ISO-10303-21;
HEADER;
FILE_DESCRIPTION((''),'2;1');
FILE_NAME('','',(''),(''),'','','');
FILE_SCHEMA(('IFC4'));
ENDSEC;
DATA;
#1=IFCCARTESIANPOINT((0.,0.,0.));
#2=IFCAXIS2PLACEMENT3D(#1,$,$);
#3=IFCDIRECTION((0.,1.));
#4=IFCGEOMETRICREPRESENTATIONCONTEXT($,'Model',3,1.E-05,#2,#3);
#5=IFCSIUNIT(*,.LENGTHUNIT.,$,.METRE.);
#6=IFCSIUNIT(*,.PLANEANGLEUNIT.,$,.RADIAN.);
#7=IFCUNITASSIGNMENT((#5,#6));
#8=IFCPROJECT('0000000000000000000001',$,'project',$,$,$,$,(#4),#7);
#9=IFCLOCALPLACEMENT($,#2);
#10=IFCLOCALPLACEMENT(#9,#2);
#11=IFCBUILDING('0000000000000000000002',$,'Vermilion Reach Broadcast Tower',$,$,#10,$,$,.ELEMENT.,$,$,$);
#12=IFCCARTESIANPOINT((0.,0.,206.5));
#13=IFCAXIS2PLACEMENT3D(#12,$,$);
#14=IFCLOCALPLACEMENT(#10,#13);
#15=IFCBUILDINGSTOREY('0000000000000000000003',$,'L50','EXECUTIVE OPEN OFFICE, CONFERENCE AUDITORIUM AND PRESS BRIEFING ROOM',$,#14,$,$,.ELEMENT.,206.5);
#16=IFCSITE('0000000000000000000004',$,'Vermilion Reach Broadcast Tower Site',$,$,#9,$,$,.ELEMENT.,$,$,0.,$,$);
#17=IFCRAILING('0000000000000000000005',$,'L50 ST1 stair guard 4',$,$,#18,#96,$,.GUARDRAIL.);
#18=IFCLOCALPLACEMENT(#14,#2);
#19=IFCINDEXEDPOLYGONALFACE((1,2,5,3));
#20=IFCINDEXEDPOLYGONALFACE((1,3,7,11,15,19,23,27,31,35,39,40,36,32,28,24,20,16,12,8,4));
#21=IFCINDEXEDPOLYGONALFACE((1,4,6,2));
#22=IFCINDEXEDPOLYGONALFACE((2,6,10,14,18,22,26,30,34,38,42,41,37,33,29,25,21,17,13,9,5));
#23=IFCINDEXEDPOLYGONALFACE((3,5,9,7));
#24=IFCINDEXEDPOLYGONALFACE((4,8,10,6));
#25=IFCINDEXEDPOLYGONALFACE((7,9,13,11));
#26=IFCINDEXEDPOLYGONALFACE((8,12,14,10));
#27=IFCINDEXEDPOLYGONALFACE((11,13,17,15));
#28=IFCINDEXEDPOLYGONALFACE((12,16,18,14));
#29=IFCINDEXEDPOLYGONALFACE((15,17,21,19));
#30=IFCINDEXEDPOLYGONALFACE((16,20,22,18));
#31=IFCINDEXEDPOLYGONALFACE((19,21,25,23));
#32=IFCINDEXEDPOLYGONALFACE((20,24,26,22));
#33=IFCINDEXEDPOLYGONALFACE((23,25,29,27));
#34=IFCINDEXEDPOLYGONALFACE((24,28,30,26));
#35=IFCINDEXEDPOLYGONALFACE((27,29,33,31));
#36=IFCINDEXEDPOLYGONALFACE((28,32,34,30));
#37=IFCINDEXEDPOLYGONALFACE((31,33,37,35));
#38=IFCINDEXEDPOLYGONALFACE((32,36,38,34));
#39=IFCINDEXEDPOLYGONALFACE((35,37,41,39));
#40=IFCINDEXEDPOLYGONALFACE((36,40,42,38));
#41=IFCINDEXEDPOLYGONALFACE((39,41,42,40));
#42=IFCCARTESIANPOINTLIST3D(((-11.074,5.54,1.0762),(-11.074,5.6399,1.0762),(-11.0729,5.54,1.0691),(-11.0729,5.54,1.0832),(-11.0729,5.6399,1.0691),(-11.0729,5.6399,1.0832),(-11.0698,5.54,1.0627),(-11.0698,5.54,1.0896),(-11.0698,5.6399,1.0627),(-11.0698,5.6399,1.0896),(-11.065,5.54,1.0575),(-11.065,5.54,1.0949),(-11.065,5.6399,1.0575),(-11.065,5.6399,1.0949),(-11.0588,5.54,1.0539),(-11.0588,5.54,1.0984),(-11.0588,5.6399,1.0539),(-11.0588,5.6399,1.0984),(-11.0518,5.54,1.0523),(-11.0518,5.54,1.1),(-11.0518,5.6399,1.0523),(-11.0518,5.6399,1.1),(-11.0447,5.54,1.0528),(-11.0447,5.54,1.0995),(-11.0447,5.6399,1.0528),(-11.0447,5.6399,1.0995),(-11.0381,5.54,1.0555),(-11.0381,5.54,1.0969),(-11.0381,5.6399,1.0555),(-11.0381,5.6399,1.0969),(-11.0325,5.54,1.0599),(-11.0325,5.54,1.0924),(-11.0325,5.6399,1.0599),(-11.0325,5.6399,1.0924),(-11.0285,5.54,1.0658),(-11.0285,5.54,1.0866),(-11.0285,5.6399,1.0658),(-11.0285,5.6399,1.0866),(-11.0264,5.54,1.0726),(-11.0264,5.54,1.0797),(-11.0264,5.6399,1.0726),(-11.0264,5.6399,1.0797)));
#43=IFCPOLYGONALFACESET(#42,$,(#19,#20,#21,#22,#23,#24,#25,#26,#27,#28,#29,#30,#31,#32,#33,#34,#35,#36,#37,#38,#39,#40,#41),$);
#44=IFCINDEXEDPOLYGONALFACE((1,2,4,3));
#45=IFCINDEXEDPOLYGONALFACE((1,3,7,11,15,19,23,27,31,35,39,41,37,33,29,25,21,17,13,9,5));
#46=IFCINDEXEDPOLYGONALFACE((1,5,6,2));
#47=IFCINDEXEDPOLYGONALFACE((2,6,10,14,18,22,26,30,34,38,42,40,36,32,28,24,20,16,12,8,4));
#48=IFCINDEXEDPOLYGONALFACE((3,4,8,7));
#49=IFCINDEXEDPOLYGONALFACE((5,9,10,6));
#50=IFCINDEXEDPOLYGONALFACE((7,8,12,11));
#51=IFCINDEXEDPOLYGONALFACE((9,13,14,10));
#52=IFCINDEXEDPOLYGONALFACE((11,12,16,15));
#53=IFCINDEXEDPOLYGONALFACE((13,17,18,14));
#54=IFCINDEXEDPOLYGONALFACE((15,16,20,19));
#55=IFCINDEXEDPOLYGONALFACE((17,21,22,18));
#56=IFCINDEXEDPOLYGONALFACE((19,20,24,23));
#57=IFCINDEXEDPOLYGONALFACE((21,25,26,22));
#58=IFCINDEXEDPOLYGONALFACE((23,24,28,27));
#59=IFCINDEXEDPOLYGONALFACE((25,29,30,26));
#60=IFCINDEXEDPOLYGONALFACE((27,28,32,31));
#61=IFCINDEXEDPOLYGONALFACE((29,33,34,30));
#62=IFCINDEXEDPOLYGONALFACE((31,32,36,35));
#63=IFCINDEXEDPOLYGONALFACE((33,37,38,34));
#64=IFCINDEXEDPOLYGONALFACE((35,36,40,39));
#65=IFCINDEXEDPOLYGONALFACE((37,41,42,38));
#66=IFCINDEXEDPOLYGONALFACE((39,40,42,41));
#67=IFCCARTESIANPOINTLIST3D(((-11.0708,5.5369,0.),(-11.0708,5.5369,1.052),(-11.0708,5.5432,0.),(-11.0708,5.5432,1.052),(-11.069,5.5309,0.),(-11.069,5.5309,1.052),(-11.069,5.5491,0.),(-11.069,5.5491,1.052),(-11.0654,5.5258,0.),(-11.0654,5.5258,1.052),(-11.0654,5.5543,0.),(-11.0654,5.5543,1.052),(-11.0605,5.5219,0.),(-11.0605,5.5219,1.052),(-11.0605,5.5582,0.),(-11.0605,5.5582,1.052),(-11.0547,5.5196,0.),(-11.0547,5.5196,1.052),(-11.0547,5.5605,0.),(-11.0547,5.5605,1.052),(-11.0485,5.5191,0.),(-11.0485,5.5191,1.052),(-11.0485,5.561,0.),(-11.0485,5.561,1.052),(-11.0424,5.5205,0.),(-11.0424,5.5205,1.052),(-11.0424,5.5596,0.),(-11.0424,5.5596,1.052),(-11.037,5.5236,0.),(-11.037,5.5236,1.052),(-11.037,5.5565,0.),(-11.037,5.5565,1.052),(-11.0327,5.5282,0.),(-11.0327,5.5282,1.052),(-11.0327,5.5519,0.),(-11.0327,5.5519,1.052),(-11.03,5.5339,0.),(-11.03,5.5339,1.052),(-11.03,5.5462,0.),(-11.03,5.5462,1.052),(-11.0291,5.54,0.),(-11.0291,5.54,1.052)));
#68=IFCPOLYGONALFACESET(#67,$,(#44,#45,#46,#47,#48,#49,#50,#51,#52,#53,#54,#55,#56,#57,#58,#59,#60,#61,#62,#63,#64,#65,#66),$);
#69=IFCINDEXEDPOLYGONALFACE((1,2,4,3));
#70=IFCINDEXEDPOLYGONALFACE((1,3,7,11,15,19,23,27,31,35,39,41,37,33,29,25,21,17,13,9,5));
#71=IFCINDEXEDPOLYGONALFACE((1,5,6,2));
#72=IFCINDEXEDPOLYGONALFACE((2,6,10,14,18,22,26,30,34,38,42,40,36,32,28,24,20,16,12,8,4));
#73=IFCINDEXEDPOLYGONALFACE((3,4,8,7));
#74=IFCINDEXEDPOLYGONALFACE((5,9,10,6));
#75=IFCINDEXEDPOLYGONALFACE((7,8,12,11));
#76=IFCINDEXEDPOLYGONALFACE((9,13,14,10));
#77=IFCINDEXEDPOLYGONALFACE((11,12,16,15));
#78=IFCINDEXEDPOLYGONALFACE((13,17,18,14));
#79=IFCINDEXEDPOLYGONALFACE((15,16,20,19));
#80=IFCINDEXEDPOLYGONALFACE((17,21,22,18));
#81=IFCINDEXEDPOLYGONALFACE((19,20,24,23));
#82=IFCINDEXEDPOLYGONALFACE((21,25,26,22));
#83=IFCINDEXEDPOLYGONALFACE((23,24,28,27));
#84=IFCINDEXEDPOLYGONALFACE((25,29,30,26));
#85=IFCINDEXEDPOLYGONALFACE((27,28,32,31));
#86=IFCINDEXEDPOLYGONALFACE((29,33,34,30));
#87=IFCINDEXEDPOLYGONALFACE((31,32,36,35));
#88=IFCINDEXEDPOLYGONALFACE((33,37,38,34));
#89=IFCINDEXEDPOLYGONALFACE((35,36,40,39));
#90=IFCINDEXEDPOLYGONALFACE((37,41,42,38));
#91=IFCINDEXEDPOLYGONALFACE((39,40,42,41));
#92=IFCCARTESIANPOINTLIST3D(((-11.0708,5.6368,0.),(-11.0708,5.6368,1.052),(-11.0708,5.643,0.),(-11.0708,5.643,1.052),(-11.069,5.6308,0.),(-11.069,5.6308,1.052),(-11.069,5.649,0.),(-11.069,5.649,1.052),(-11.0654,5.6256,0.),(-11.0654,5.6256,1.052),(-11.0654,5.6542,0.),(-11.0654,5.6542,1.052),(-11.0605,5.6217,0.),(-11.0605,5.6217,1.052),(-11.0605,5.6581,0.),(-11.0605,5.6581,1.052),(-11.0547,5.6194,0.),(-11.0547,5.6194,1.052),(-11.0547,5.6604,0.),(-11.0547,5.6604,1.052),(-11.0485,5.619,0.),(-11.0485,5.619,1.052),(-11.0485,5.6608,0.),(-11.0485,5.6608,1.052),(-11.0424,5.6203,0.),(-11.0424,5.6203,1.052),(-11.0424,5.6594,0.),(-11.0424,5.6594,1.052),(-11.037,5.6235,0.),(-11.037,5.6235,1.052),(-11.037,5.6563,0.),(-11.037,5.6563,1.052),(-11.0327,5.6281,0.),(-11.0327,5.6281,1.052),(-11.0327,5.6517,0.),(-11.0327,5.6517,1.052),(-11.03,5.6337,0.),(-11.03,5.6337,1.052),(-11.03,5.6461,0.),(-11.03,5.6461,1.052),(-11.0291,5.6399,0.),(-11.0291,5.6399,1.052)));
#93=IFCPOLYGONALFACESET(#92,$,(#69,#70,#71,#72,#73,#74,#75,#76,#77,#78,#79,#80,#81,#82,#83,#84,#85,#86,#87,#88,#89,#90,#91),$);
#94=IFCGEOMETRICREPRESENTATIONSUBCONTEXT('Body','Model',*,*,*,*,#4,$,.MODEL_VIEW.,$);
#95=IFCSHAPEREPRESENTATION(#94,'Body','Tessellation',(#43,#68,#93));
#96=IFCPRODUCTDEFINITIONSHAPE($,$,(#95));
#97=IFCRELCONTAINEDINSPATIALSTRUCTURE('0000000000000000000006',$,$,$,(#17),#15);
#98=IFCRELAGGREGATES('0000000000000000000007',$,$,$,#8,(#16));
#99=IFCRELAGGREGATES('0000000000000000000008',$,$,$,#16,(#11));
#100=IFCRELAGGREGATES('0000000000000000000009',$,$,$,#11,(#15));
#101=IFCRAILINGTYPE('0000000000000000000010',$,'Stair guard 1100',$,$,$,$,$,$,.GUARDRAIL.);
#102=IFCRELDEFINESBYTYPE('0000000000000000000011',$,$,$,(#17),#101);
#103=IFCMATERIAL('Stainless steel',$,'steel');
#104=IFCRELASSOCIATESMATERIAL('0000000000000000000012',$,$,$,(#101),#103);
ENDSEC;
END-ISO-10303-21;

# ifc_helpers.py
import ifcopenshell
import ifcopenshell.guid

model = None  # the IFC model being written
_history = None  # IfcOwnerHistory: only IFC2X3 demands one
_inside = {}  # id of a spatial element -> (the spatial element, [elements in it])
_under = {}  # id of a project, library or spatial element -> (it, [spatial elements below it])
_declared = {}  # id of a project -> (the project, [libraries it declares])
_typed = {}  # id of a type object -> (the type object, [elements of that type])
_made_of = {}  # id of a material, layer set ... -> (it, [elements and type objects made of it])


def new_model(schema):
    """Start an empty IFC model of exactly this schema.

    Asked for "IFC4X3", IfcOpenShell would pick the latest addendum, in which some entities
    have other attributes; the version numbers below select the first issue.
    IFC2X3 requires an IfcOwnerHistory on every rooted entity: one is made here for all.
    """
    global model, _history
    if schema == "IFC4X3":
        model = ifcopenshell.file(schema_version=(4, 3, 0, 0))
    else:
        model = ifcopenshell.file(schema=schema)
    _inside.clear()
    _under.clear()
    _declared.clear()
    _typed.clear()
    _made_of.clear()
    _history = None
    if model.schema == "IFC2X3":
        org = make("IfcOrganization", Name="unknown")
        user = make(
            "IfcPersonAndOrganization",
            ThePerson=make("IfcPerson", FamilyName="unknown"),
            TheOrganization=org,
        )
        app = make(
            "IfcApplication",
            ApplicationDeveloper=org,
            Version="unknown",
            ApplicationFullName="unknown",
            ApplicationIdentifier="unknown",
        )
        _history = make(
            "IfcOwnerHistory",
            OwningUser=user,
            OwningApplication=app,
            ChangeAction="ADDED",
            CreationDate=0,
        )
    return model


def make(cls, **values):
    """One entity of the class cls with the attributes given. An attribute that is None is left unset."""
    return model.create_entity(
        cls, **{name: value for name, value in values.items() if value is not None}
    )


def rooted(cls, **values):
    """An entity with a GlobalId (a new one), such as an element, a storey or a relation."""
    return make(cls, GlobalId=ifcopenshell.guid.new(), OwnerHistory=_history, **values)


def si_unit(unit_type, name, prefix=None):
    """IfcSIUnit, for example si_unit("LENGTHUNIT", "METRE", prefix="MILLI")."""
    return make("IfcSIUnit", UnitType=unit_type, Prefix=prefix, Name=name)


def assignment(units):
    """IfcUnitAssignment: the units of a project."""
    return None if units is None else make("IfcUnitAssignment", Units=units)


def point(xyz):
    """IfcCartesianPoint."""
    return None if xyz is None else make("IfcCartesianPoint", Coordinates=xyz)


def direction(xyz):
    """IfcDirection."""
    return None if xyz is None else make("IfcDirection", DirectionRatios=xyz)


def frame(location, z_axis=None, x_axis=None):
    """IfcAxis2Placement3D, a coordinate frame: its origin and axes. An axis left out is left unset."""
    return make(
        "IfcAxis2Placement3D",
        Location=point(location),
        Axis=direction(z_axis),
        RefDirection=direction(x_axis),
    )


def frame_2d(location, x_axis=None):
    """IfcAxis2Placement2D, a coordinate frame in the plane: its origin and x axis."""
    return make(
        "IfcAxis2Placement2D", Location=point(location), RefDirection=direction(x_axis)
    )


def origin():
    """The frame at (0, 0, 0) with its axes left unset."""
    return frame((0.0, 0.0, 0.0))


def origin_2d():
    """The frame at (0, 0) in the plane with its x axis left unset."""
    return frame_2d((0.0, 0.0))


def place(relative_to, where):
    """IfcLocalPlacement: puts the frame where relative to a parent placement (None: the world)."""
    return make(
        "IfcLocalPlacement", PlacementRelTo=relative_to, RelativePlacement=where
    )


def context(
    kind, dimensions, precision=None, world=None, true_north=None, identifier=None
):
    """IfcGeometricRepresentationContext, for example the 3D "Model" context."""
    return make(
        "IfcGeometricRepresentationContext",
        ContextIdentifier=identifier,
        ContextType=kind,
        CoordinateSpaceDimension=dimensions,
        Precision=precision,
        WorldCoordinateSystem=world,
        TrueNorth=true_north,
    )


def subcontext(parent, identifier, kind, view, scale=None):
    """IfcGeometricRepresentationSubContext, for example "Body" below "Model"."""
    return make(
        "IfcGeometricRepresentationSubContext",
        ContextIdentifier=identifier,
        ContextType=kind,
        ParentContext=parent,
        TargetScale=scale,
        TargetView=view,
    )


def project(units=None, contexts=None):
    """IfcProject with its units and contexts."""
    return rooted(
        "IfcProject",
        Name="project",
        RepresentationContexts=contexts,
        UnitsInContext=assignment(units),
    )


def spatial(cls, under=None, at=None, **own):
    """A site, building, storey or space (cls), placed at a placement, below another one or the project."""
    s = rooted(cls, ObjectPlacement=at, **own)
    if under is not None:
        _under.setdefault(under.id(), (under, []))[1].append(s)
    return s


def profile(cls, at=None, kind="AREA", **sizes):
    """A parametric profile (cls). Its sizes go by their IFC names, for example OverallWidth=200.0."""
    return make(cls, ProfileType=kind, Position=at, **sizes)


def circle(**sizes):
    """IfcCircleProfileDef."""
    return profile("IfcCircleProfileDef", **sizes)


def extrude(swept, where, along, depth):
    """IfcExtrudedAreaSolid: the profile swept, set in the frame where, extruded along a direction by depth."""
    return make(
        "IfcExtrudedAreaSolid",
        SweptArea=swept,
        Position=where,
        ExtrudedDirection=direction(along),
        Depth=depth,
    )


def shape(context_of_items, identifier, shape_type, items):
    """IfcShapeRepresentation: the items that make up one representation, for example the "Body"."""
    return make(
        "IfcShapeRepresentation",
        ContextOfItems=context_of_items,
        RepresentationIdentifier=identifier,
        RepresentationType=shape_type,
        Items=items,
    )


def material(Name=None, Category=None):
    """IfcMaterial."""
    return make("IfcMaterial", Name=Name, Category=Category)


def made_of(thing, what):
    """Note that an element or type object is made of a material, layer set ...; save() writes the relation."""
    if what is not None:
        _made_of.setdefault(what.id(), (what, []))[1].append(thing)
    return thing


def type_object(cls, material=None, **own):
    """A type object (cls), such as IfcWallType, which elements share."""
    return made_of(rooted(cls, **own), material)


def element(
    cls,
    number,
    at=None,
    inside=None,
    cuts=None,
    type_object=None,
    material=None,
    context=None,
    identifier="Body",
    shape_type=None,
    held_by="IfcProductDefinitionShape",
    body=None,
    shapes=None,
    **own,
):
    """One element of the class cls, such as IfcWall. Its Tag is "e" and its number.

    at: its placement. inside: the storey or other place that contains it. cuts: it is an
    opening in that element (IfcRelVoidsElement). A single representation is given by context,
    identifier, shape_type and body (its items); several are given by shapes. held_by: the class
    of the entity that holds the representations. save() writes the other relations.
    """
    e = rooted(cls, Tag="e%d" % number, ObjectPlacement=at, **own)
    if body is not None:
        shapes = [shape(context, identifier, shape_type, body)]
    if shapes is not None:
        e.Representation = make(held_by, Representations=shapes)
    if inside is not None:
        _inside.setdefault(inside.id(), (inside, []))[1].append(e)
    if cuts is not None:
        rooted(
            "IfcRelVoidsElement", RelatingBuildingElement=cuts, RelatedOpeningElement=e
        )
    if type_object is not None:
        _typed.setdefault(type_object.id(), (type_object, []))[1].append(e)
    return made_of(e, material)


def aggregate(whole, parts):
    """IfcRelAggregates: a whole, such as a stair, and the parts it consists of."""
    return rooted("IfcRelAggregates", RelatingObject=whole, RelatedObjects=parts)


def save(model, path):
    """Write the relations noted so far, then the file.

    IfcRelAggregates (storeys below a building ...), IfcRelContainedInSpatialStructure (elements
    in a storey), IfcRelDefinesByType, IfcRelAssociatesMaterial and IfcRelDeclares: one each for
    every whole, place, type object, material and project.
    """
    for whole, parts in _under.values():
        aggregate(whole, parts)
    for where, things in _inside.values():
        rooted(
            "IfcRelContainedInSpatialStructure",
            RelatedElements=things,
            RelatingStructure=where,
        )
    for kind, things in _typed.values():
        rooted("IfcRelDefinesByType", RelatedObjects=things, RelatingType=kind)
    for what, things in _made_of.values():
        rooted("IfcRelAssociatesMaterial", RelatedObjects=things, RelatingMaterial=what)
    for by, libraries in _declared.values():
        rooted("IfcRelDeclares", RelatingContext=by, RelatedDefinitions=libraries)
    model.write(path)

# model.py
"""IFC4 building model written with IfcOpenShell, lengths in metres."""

from ifc_helpers import new_model, si_unit, direction, frame, origin, origin_2d, place, context, subcontext, project, spatial, circle, extrude, material, type_object, element, save


model = new_model("IFC4")

# Units and contexts
model_context = context("Model", 3, precision=1e-05, world=origin(), true_north=direction((0.0, 1.0)))
body_context = subcontext(model_context, "Body", "Model", "MODEL_VIEW")
ifc_project = project(units=[si_unit("LENGTHUNIT", "METRE"), si_unit("PLANEANGLEUNIT", "RADIAN")], contexts=[model_context])

# Site, building, storey
site_placement = place(None, origin())
site = spatial("IfcSite", under=ifc_project, at=site_placement, Name="Vermilion Reach Broadcast Tower Site", CompositionType="ELEMENT", RefElevation=0.0)
building_placement = place(site_placement, origin())
building = spatial("IfcBuilding", under=site, at=building_placement, Name="Vermilion Reach Broadcast Tower", CompositionType="ELEMENT")
storey_placement = place(building_placement, frame((0.0, 0.0, 206.5)))
storey = spatial("IfcBuildingStorey", under=building, at=storey_placement, Name="L50", Description="EXECUTIVE OPEN OFFICE, CONFERENCE AUDITORIUM AND PRESS BRIEFING ROOM", CompositionType="ELEMENT", Elevation=206.5)

# Railing
ifc_material_1 = material(Name="Stainless steel", Category="steel")
railing_type_1 = type_object("IfcRailingType", Name="Stair guard 1100", PredefinedType="GUARDRAIL", material=ifc_material_1)
railing_1_placement = place(storey_placement, frame((-11.05, 5.54, 0.0)))
element("IfcRailing", 1, at=railing_1_placement, inside=storey, type_object=railing_type_1, Name="L50 ST1 stair guard 4", PredefinedType="GUARDRAIL", context=body_context, shape_type="SweptSolid", body=[
    extrude(circle(Radius=0.0239, at=origin_2d()), frame((0.0, 0.0, 1.0762), z_axis=(0.0, 1.0, 0.0), x_axis=(-1.0, 0.0, 0.0)), (0.0, 0.0, 1.0), 0.0999),
    extrude(circle(Radius=0.021, at=origin_2d()), origin(), (0.0, 0.0, 1.0), 1.052),
    extrude(circle(Radius=0.021, at=origin_2d()), frame((0.0, 0.0999, 0.0)), (0.0, 0.0, 1.0), 1.052),
])

save(model, "model.ifc")
